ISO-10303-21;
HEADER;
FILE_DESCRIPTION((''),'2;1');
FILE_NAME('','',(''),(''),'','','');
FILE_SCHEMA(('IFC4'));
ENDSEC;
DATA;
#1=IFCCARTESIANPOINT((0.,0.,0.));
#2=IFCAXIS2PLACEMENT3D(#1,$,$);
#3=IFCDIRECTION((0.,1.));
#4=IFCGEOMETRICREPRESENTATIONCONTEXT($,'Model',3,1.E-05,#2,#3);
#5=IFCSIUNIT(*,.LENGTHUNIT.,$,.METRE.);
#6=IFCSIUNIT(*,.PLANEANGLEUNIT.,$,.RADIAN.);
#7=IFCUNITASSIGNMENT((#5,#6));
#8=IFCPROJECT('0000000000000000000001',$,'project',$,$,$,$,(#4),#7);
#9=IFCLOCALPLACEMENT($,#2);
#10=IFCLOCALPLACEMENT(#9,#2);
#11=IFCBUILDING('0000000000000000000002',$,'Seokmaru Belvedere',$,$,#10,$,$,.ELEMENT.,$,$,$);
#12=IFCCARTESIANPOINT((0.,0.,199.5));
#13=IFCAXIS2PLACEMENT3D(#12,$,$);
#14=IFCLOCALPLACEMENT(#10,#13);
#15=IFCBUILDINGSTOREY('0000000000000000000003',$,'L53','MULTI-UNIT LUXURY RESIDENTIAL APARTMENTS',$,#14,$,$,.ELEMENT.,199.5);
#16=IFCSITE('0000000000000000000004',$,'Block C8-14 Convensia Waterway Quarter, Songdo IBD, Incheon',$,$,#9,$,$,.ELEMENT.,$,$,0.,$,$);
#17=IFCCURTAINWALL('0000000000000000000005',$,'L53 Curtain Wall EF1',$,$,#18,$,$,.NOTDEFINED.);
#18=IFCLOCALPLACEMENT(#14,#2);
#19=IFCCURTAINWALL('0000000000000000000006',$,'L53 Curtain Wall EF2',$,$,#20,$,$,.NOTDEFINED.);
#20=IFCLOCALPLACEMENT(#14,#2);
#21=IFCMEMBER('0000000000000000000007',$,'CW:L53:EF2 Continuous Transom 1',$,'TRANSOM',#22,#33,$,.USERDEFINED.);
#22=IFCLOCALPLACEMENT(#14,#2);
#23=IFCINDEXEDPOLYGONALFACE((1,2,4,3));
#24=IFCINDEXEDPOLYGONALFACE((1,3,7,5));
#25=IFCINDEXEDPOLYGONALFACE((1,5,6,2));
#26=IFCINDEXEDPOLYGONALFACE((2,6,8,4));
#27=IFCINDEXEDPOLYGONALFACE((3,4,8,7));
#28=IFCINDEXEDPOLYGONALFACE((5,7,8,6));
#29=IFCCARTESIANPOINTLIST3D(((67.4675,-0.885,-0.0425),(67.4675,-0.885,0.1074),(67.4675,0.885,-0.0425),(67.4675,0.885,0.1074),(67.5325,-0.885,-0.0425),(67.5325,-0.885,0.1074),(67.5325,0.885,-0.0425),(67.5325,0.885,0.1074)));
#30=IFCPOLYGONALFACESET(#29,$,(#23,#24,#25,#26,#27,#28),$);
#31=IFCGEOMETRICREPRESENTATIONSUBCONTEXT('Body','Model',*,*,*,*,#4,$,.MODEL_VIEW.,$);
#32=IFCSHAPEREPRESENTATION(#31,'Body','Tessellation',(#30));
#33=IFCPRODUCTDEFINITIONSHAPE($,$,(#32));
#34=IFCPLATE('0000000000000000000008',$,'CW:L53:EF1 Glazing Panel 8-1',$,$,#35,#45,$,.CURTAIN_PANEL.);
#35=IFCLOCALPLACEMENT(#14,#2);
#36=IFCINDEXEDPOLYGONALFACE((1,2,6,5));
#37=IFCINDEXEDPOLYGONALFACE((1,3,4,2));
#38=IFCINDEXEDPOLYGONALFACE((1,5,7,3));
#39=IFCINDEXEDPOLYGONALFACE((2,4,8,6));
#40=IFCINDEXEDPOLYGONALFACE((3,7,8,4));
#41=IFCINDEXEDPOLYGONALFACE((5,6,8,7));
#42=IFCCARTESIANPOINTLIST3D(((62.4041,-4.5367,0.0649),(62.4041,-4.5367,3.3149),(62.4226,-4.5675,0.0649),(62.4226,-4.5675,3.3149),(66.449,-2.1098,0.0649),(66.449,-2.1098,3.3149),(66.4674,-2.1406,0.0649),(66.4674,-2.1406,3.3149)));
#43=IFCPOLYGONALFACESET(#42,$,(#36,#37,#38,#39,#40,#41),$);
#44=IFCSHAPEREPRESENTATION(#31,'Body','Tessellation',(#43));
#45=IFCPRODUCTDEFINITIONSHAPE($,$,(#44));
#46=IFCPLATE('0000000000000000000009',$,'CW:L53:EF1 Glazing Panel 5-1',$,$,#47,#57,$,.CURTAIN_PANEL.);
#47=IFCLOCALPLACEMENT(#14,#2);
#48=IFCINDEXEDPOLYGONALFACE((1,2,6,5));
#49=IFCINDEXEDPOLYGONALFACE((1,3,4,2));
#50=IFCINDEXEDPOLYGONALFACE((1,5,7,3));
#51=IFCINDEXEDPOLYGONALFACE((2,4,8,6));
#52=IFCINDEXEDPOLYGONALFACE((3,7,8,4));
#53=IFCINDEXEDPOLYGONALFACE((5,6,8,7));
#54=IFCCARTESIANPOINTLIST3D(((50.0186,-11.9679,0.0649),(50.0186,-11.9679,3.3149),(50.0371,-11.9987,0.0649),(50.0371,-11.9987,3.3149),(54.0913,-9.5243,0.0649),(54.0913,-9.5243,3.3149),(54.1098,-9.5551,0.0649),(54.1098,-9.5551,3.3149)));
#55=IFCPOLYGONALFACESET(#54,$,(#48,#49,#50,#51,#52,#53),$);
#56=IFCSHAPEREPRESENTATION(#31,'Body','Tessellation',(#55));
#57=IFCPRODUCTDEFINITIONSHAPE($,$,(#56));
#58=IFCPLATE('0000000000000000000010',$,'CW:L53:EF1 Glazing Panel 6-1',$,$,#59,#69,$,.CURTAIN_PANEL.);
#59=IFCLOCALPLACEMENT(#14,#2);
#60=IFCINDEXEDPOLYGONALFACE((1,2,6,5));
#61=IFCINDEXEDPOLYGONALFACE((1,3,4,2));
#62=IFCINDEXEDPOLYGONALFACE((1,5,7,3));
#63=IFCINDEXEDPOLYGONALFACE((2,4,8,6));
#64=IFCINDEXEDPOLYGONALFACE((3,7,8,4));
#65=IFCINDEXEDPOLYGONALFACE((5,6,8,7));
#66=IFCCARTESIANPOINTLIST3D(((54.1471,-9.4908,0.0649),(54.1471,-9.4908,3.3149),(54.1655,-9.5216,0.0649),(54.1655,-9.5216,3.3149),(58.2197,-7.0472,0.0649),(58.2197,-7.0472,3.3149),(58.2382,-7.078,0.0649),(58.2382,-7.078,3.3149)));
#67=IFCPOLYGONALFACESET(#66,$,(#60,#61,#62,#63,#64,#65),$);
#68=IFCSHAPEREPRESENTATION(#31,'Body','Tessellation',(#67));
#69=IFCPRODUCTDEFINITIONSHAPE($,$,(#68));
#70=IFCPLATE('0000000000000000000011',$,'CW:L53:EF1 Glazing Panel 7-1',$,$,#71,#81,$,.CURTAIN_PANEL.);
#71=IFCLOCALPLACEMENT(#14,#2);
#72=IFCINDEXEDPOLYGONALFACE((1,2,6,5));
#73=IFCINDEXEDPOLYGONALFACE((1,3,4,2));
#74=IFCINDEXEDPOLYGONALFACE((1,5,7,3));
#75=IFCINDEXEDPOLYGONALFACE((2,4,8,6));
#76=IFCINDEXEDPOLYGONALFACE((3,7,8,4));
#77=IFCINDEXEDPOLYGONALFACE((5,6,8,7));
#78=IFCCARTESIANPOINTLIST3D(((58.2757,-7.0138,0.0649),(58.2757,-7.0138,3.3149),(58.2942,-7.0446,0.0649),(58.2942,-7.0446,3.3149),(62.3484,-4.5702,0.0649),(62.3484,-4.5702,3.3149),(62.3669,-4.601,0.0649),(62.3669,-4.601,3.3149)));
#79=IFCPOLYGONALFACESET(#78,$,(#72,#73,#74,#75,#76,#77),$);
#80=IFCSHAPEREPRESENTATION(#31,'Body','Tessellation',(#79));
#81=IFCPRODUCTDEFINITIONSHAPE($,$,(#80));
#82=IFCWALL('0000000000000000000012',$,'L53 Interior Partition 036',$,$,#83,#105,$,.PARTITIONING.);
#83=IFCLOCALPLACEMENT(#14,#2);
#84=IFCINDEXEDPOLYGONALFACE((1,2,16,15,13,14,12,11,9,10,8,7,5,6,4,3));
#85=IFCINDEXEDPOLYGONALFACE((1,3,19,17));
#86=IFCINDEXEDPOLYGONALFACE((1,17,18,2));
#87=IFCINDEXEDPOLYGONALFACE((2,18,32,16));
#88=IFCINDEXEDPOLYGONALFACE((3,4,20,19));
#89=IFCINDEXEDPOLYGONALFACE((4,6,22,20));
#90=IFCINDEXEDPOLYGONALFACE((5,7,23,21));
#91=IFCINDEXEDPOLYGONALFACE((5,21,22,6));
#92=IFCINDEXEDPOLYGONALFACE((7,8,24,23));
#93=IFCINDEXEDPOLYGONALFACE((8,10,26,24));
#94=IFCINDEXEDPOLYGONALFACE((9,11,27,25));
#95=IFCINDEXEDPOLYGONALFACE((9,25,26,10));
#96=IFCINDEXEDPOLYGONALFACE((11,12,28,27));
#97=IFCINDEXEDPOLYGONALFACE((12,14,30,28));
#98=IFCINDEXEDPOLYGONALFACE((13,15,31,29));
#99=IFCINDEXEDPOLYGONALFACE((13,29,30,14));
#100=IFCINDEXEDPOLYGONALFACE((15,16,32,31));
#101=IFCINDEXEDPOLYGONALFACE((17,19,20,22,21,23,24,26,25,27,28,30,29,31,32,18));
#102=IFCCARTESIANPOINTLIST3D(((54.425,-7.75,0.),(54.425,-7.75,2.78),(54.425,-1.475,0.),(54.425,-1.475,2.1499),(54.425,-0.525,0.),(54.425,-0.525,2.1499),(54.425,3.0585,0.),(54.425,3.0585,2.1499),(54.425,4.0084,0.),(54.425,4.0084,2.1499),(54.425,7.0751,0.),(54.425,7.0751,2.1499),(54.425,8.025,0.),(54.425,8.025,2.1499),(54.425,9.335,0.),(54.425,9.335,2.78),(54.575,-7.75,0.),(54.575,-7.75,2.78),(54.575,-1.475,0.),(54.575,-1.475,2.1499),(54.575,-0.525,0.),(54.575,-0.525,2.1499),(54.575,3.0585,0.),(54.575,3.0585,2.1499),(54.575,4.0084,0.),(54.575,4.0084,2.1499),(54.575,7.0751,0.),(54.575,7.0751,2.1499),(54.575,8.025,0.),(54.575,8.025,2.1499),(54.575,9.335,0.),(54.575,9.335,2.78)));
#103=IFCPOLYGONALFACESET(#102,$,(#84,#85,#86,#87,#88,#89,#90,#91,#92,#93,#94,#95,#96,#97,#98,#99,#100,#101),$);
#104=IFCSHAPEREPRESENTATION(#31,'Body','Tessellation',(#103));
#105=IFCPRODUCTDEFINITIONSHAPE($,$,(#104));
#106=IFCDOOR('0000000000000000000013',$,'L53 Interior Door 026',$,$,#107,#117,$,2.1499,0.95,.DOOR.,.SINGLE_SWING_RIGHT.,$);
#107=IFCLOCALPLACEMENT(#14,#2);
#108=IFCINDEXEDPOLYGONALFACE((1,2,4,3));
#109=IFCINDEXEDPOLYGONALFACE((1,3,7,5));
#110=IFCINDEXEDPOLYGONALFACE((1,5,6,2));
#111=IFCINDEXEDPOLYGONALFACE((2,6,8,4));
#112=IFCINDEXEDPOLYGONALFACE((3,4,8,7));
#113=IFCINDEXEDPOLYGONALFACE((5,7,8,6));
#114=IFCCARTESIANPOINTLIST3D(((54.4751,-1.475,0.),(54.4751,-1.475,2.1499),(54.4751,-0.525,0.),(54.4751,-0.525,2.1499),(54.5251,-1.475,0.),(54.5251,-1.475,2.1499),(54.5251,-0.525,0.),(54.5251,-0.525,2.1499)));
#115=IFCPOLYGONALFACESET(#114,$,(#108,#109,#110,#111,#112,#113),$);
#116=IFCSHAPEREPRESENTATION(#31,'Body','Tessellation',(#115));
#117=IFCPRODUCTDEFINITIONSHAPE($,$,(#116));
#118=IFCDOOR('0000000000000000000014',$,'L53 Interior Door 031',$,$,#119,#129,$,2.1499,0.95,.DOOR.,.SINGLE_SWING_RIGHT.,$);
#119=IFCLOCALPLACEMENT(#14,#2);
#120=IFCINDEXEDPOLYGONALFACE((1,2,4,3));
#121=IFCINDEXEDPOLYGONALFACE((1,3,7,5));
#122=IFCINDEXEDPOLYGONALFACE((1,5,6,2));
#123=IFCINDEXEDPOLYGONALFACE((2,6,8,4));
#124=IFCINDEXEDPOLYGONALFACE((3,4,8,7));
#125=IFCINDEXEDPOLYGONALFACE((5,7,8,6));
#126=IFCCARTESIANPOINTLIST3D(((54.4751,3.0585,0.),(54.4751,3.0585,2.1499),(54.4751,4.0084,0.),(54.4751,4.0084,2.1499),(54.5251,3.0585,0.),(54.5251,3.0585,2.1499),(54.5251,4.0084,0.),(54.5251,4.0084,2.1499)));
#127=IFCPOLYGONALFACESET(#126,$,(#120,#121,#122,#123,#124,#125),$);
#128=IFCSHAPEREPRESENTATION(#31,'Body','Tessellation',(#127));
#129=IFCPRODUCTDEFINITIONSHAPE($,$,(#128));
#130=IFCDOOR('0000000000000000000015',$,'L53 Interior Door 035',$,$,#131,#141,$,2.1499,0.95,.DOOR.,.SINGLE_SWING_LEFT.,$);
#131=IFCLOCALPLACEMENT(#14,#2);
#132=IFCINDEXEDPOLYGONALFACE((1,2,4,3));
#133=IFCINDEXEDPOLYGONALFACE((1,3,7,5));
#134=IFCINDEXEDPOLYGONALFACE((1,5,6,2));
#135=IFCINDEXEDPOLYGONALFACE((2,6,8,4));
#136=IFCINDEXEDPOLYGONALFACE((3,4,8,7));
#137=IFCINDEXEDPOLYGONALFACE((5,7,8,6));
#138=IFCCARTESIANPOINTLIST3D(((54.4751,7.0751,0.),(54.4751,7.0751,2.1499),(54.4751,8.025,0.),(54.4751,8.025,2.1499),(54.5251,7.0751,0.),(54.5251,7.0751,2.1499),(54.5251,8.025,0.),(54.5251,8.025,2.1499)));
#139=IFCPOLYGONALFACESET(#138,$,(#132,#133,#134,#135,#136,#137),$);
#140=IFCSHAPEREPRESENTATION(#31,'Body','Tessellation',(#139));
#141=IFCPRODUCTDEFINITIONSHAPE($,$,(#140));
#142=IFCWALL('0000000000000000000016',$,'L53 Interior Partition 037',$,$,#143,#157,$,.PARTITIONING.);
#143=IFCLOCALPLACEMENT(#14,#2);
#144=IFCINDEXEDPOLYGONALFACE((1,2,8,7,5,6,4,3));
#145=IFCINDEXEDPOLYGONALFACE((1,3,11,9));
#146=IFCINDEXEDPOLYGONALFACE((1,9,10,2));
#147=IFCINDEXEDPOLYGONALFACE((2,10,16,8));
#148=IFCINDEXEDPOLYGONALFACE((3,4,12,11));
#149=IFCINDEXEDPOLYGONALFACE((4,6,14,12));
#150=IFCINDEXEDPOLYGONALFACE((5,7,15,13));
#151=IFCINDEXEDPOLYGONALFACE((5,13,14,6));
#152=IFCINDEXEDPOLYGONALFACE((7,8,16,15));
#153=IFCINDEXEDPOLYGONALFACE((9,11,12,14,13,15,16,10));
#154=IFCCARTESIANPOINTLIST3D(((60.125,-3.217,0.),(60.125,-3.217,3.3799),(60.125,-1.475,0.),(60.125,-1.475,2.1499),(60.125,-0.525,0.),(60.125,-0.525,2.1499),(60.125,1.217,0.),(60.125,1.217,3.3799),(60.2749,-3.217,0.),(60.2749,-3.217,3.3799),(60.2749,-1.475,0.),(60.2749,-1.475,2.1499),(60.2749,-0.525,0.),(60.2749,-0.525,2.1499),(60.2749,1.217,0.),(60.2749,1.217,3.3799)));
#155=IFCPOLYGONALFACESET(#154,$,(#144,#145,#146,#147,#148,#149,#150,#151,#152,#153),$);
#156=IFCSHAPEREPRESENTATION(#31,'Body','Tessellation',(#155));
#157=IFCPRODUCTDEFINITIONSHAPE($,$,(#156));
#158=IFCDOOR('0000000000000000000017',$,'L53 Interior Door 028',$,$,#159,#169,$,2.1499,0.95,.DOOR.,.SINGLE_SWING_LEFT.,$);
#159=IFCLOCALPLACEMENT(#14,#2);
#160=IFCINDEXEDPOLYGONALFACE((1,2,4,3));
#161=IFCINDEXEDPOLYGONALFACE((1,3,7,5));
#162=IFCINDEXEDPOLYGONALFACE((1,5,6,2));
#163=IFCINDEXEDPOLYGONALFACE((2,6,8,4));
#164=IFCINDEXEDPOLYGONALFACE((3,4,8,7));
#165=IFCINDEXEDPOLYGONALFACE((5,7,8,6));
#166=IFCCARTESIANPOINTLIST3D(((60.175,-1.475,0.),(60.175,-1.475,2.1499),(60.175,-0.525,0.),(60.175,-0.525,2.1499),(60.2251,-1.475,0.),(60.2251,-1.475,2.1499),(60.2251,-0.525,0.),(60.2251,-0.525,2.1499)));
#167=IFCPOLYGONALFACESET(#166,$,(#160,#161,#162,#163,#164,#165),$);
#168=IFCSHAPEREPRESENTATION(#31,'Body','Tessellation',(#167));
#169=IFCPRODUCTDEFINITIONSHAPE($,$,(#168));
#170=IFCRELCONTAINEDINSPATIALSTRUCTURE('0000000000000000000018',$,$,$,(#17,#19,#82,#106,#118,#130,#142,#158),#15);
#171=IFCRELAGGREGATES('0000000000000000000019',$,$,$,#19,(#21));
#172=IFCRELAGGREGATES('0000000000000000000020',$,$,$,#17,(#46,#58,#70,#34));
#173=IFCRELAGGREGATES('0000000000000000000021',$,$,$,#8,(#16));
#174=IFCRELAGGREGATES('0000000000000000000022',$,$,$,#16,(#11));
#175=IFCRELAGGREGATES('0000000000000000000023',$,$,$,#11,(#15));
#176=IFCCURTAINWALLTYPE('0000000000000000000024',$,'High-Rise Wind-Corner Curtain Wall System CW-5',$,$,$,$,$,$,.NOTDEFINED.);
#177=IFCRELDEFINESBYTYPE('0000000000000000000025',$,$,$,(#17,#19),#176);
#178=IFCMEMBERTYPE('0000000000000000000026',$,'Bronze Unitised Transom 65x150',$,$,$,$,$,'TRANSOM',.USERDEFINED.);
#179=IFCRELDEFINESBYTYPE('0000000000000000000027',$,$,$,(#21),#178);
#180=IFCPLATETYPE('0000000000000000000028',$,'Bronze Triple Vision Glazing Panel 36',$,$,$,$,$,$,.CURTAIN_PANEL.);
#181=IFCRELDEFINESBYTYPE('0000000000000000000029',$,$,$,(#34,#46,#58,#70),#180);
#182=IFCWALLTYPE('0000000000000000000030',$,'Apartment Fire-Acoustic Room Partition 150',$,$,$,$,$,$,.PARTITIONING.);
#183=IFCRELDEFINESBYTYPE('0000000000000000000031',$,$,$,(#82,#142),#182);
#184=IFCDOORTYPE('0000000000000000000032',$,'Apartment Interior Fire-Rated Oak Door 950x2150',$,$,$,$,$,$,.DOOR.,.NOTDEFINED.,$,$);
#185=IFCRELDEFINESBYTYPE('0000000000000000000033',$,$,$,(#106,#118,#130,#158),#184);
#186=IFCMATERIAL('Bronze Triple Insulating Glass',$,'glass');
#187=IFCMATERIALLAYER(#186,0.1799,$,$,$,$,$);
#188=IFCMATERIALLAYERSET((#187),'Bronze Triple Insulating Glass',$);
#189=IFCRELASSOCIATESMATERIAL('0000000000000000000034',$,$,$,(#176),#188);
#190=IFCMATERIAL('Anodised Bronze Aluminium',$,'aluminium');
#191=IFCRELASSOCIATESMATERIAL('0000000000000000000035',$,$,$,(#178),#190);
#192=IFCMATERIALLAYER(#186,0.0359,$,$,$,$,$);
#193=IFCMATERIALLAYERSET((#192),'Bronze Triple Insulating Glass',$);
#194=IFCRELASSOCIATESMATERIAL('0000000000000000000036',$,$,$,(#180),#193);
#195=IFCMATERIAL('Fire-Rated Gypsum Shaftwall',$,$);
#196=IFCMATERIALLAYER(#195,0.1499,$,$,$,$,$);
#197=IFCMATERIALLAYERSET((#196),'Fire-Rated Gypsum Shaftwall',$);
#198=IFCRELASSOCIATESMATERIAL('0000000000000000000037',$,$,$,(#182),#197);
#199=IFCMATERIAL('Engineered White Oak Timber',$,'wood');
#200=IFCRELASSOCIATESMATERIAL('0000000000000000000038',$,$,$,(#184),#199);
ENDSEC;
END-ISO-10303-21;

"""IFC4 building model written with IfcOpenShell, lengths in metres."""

from ifc_helpers import new_model, si_unit, direction, frame, frame_2d, origin, origin_2d, place, context, subcontext, project, spatial, rectangle, extrude, source, transform, mapped, material, layer, layer_set, material_profile, profile_set, type_object, type_shapes, element, fill, aggregate, save


model = new_model("IFC4")

# Units and contexts
model_context = context("Model", 3, precision=1e-05, world=origin(), true_north=direction((0.0, 1.0)))
body_context = subcontext(model_context, "Body", "Model", "MODEL_VIEW")
ifc_project = project(units=[si_unit("LENGTHUNIT", "METRE"), si_unit("PLANEANGLEUNIT", "RADIAN")], contexts=[model_context])

# Site, building, storey
site_placement = place(None, origin())
site = spatial("IfcSite", under=ifc_project, at=site_placement, Name="Block C8-14 Convensia Waterway Quarter, Songdo IBD, Incheon", CompositionType="ELEMENT", RefElevation=0.0)
building_placement = place(site_placement, origin())
building = spatial("IfcBuilding", under=site, at=building_placement, Name="Seokmaru Belvedere", CompositionType="ELEMENT")
storey_placement = place(building_placement, frame((0.0, 0.0, 199.5)))
storey = spatial("IfcBuildingStorey", under=building, at=storey_placement, Name="L53", Description="MULTI-UNIT LUXURY RESIDENTIAL APARTMENTS", CompositionType="ELEMENT", Elevation=199.5)

# Curtain walls
ifc_material_1 = material(Name="Bronze Triple Insulating Glass", Category="glass")
ifc_layer_1 = layer(ifc_material_1, 0.1799)
ifc_layer_set_1 = layer_set([ifc_layer_1], Name="Bronze Triple Insulating Glass")
curtain_wall_type = type_object("IfcCurtainWallType", Name="High-Rise Wind-Corner Curtain Wall System CW-5", PredefinedType="NOTDEFINED", material=ifc_layer_set_1)
curtain_wall_1_placement = place(storey_placement, origin())
curtain_wall_1 = element("IfcCurtainWall", 1, at=curtain_wall_1_placement, inside=storey, type_object=curtain_wall_type, Name="L53 Curtain Wall EF1", PredefinedType="NOTDEFINED")
ifc_material_2 = material(Name="Anodised Bronze Aluminium", Category="aluminium")
curtain_wall_2_placement = place(storey_placement, origin())
curtain_wall_2 = element("IfcCurtainWall", 2, at=curtain_wall_2_placement, inside=storey, type_object=curtain_wall_type, Name="L53 Curtain Wall EF2", PredefinedType="NOTDEFINED")

# Member
ifc_material_profile_1 = material_profile(ifc_material_2, rectangle(XDim=0.0649, YDim=0.1499, at=origin_2d()), Name="CW-T-65x150")
ifc_profile_set_1 = profile_set([ifc_material_profile_1], Name="Anodised Bronze Aluminium")
member_type_1 = type_object("IfcMemberType", Name="Bronze Unitised Transom 65x150", ElementType="TRANSOM", PredefinedType="USERDEFINED", material=ifc_profile_set_1)
shared_shape_1 = source(origin(), body_context, "Body", "SweptSolid", [
    extrude(rectangle(XDim=0.0649, YDim=0.1499, at=origin_2d()), origin(), (0.0, 0.0, 1.0), 1.77),
])
type_shapes(member_type_1, [shared_shape_1])
member_1_placement = place(storey_placement, frame((67.5, -0.885, 0.0325), z_axis=(0.0, 1.0, 0.0), x_axis=(-1.0, 0.0, 0.0)))
member_1 = element("IfcMember", 3, at=member_1_placement, type_object=member_type_1, Name="CW:L53:EF2 Continuous Transom 1", ObjectType="TRANSOM", PredefinedType="USERDEFINED", context=body_context, shape_type="MappedRepresentation", body=[
    mapped(shared_shape_1, transform((0.0, 0.0, 0.0), scale=1.0)),
])
aggregate(curtain_wall_2, [member_1])

# Plates
ifc_layer_2 = layer(ifc_material_1, 0.0359)
ifc_layer_set_2 = layer_set([ifc_layer_2], Name="Bronze Triple Insulating Glass")
plate_type = type_object("IfcPlateType", Name="Bronze Triple Vision Glazing Panel 36", PredefinedType="CURTAIN_PANEL", material=ifc_layer_set_2)
shared_shape_2 = source(origin(), body_context, "Body", "SweptSolid", [
    extrude(rectangle(XDim=4.717, YDim=0.0359, at=origin_2d()), origin(), (0.0, 0.0, 1.0), 3.25),
])
plate_1_placement = place(storey_placement, frame((64.4358, -3.3386, 0.0649), z_axis=(0.0, 0.0, 1.0), x_axis=(0.857493, 0.514495, 0.0)))
plate_1 = element("IfcPlate", 4, at=plate_1_placement, type_object=plate_type, Name="CW:L53:EF1 Glazing Panel 8-1", PredefinedType="CURTAIN_PANEL", context=body_context, shape_type="MappedRepresentation", body=[
    mapped(shared_shape_2, transform((0.0, 0.0, 0.0), scale=1.0)),
])
shared_shape_3 = source(origin(), body_context, "Body", "SweptSolid", [
    extrude(rectangle(XDim=4.7495, YDim=0.0359, at=origin_2d()), origin(), (0.0, 0.0, 1.0), 3.25),
])
type_shapes(plate_type, [shared_shape_2, shared_shape_3])
plate_2_placement = place(storey_placement, frame((52.0642, -10.7615, 0.0649), z_axis=(0.0, 0.0, 1.0), x_axis=(0.857493, 0.514495, 0.0)))
plate_2 = element("IfcPlate", 5, at=plate_2_placement, type_object=plate_type, Name="CW:L53:EF1 Glazing Panel 5-1", PredefinedType="CURTAIN_PANEL", context=body_context, shape_type="MappedRepresentation", body=[
    mapped(shared_shape_3, transform((0.0, 0.0, 0.0), scale=1.0)),
])
plate_3_placement = place(storey_placement, frame((56.1926, -8.2844, 0.0649), z_axis=(0.0, 0.0, 1.0), x_axis=(0.857493, 0.514495, 0.0)))
plate_3 = element("IfcPlate", 6, at=plate_3_placement, type_object=plate_type, Name="CW:L53:EF1 Glazing Panel 6-1", PredefinedType="CURTAIN_PANEL", context=body_context, shape_type="MappedRepresentation", body=[
    mapped(shared_shape_3, transform((0.0, 0.0, 0.0), scale=1.0)),
])
plate_4_placement = place(storey_placement, frame((60.3213, -5.8074, 0.0649), z_axis=(0.0, 0.0, 1.0), x_axis=(0.857493, 0.514495, 0.0)))
plate_4 = element("IfcPlate", 7, at=plate_4_placement, type_object=plate_type, Name="CW:L53:EF1 Glazing Panel 7-1", PredefinedType="CURTAIN_PANEL", context=body_context, shape_type="MappedRepresentation", body=[
    mapped(shared_shape_3, transform((0.0, 0.0, 0.0), scale=1.0)),
])
aggregate(curtain_wall_1, [plate_2, plate_3, plate_4, plate_1])

# Wall, openings, doors
ifc_material_3 = material(Name="Fire-Rated Gypsum Shaftwall")
ifc_layer_3 = layer(ifc_material_3, 0.1499)
ifc_layer_set_3 = layer_set([ifc_layer_3], Name="Fire-Rated Gypsum Shaftwall")
wall_type_1 = type_object("IfcWallType", Name="Apartment Fire-Acoustic Room Partition 150", PredefinedType="PARTITIONING", material=ifc_layer_set_3)
wall_1_placement = place(storey_placement, frame((54.5, -7.75, 0.0), z_axis=(0.0, 0.0, 1.0), x_axis=(0.0, 1.0, 0.0)))
wall_1 = element("IfcWall", 8, at=wall_1_placement, inside=storey, type_object=wall_type_1, Name="L53 Interior Partition 036", PredefinedType="PARTITIONING", context=body_context, shape_type="SweptSolid", body=[
    extrude(rectangle(XDim=17.085, YDim=0.1499, at=frame_2d((8.5425, 0.0))), origin(), (0.0, 0.0, 1.0), 2.78),
])
opening_1_placement = place(wall_1_placement, frame((6.2749, 0.0, 0.0)))
opening_1 = element("IfcOpeningElement", 9, at=opening_1_placement, cuts=wall_1, PredefinedType="OPENING", context=body_context, shape_type="SweptSolid", body=[
    extrude(rectangle(XDim=0.95, YDim=2.1499, at=frame_2d((0.4751, 1.075))), frame((0.0, 0.085, 0.0), z_axis=(0.0, -1.0, 0.0), x_axis=(1.0, 0.0, 0.0)), (0.0, 0.0, 1.0), 0.1699),
])
opening_2_placement = place(wall_1_placement, frame((10.8083, 0.0, 0.0)))
opening_2 = element("IfcOpeningElement", 10, at=opening_2_placement, cuts=wall_1, PredefinedType="OPENING", context=body_context, shape_type="SweptSolid", body=[
    extrude(rectangle(XDim=0.95, YDim=2.1499, at=frame_2d((0.4751, 1.075))), frame((0.0, 0.085, 0.0), z_axis=(0.0, -1.0, 0.0), x_axis=(1.0, 0.0, 0.0)), (0.0, 0.0, 1.0), 0.1699),
])
opening_3_placement = place(wall_1_placement, frame((14.825, 0.0, 0.0)))
opening_3 = element("IfcOpeningElement", 11, at=opening_3_placement, cuts=wall_1, PredefinedType="OPENING", context=body_context, shape_type="SweptSolid", body=[
    extrude(rectangle(XDim=0.95, YDim=2.1499, at=frame_2d((0.4751, 1.075))), frame((0.0, 0.085, 0.0), z_axis=(0.0, -1.0, 0.0), x_axis=(1.0, 0.0, 0.0)), (0.0, 0.0, 1.0), 0.1699),
])
ifc_material_4 = material(Name="Engineered White Oak Timber", Category="wood")
door_type = type_object("IfcDoorType", Name="Apartment Interior Fire-Rated Oak Door 950x2150", OperationType="NOTDEFINED", PredefinedType="DOOR", material=ifc_material_4)
shared_shape_4 = source(origin(), body_context, "Body", "SweptSolid", [
    extrude(rectangle(XDim=0.95, YDim=2.1499, at=frame_2d((0.4751, 1.075))), frame((0.0, 0.0249, 0.0), z_axis=(0.0, -1.0, 0.0), x_axis=(1.0, 0.0, 0.0)), (0.0, 0.0, 1.0), 0.05),
])
type_shapes(door_type, [shared_shape_4])
door_1_placement = place(opening_1_placement, origin())
door_1 = element("IfcDoor", 12, at=door_1_placement, inside=storey, type_object=door_type, Name="L53 Interior Door 026", OperationType="SINGLE_SWING_RIGHT", OverallHeight=2.1499, OverallWidth=0.95, PredefinedType="DOOR", context=body_context, shape_type="MappedRepresentation", body=[
    mapped(shared_shape_4, transform((0.0, 0.0, 0.0), scale=1.0)),
])
fill(opening_1, door_1)
door_2_placement = place(opening_2_placement, origin())
door_2 = element("IfcDoor", 13, at=door_2_placement, inside=storey, type_object=door_type, Name="L53 Interior Door 031", OperationType="SINGLE_SWING_RIGHT", OverallHeight=2.1499, OverallWidth=0.95, PredefinedType="DOOR", context=body_context, shape_type="MappedRepresentation", body=[
    mapped(shared_shape_4, transform((0.0, 0.0, 0.0), scale=1.0)),
])
fill(opening_2, door_2)
door_3_placement = place(opening_3_placement, origin())
door_3 = element("IfcDoor", 14, at=door_3_placement, inside=storey, type_object=door_type, Name="L53 Interior Door 035", OperationType="SINGLE_SWING_LEFT", OverallHeight=2.1499, OverallWidth=0.95, PredefinedType="DOOR", context=body_context, shape_type="MappedRepresentation", body=[
    mapped(shared_shape_4, transform((0.0, 0.0, 0.0), scale=1.0)),
])
fill(opening_3, door_3)

# Wall, opening, door
wall_2_placement = place(storey_placement, frame((60.2, -3.217, 0.0), z_axis=(0.0, 0.0, 1.0), x_axis=(0.0, 1.0, 0.0)))
wall_2 = element("IfcWall", 15, at=wall_2_placement, inside=storey, type_object=wall_type_1, Name="L53 Interior Partition 037", PredefinedType="PARTITIONING", context=body_context, shape_type="SweptSolid", body=[
    extrude(rectangle(XDim=4.4341, YDim=0.1499, at=frame_2d((2.217, 0.0))), origin(), (0.0, 0.0, 1.0), 3.3799),
])
opening_4_placement = place(wall_2_placement, frame((1.7419, 0.0, 0.0)))
opening_4 = element("IfcOpeningElement", 16, at=opening_4_placement, cuts=wall_2, PredefinedType="OPENING", context=body_context, shape_type="SweptSolid", body=[
    extrude(rectangle(XDim=0.95, YDim=2.1499, at=frame_2d((0.4751, 1.075))), frame((0.0, 0.085, 0.0), z_axis=(0.0, -1.0, 0.0), x_axis=(1.0, 0.0, 0.0)), (0.0, 0.0, 1.0), 0.1699),
])
door_4_placement = place(opening_4_placement, origin())
door_4 = element("IfcDoor", 17, at=door_4_placement, inside=storey, type_object=door_type, Name="L53 Interior Door 028", OperationType="SINGLE_SWING_LEFT", OverallHeight=2.1499, OverallWidth=0.95, PredefinedType="DOOR", context=body_context, shape_type="MappedRepresentation", body=[
    mapped(shared_shape_4, transform((0.0, 0.0, 0.0), scale=1.0)),
])
fill(opening_4, door_4)

save(model, "model.ifc")
